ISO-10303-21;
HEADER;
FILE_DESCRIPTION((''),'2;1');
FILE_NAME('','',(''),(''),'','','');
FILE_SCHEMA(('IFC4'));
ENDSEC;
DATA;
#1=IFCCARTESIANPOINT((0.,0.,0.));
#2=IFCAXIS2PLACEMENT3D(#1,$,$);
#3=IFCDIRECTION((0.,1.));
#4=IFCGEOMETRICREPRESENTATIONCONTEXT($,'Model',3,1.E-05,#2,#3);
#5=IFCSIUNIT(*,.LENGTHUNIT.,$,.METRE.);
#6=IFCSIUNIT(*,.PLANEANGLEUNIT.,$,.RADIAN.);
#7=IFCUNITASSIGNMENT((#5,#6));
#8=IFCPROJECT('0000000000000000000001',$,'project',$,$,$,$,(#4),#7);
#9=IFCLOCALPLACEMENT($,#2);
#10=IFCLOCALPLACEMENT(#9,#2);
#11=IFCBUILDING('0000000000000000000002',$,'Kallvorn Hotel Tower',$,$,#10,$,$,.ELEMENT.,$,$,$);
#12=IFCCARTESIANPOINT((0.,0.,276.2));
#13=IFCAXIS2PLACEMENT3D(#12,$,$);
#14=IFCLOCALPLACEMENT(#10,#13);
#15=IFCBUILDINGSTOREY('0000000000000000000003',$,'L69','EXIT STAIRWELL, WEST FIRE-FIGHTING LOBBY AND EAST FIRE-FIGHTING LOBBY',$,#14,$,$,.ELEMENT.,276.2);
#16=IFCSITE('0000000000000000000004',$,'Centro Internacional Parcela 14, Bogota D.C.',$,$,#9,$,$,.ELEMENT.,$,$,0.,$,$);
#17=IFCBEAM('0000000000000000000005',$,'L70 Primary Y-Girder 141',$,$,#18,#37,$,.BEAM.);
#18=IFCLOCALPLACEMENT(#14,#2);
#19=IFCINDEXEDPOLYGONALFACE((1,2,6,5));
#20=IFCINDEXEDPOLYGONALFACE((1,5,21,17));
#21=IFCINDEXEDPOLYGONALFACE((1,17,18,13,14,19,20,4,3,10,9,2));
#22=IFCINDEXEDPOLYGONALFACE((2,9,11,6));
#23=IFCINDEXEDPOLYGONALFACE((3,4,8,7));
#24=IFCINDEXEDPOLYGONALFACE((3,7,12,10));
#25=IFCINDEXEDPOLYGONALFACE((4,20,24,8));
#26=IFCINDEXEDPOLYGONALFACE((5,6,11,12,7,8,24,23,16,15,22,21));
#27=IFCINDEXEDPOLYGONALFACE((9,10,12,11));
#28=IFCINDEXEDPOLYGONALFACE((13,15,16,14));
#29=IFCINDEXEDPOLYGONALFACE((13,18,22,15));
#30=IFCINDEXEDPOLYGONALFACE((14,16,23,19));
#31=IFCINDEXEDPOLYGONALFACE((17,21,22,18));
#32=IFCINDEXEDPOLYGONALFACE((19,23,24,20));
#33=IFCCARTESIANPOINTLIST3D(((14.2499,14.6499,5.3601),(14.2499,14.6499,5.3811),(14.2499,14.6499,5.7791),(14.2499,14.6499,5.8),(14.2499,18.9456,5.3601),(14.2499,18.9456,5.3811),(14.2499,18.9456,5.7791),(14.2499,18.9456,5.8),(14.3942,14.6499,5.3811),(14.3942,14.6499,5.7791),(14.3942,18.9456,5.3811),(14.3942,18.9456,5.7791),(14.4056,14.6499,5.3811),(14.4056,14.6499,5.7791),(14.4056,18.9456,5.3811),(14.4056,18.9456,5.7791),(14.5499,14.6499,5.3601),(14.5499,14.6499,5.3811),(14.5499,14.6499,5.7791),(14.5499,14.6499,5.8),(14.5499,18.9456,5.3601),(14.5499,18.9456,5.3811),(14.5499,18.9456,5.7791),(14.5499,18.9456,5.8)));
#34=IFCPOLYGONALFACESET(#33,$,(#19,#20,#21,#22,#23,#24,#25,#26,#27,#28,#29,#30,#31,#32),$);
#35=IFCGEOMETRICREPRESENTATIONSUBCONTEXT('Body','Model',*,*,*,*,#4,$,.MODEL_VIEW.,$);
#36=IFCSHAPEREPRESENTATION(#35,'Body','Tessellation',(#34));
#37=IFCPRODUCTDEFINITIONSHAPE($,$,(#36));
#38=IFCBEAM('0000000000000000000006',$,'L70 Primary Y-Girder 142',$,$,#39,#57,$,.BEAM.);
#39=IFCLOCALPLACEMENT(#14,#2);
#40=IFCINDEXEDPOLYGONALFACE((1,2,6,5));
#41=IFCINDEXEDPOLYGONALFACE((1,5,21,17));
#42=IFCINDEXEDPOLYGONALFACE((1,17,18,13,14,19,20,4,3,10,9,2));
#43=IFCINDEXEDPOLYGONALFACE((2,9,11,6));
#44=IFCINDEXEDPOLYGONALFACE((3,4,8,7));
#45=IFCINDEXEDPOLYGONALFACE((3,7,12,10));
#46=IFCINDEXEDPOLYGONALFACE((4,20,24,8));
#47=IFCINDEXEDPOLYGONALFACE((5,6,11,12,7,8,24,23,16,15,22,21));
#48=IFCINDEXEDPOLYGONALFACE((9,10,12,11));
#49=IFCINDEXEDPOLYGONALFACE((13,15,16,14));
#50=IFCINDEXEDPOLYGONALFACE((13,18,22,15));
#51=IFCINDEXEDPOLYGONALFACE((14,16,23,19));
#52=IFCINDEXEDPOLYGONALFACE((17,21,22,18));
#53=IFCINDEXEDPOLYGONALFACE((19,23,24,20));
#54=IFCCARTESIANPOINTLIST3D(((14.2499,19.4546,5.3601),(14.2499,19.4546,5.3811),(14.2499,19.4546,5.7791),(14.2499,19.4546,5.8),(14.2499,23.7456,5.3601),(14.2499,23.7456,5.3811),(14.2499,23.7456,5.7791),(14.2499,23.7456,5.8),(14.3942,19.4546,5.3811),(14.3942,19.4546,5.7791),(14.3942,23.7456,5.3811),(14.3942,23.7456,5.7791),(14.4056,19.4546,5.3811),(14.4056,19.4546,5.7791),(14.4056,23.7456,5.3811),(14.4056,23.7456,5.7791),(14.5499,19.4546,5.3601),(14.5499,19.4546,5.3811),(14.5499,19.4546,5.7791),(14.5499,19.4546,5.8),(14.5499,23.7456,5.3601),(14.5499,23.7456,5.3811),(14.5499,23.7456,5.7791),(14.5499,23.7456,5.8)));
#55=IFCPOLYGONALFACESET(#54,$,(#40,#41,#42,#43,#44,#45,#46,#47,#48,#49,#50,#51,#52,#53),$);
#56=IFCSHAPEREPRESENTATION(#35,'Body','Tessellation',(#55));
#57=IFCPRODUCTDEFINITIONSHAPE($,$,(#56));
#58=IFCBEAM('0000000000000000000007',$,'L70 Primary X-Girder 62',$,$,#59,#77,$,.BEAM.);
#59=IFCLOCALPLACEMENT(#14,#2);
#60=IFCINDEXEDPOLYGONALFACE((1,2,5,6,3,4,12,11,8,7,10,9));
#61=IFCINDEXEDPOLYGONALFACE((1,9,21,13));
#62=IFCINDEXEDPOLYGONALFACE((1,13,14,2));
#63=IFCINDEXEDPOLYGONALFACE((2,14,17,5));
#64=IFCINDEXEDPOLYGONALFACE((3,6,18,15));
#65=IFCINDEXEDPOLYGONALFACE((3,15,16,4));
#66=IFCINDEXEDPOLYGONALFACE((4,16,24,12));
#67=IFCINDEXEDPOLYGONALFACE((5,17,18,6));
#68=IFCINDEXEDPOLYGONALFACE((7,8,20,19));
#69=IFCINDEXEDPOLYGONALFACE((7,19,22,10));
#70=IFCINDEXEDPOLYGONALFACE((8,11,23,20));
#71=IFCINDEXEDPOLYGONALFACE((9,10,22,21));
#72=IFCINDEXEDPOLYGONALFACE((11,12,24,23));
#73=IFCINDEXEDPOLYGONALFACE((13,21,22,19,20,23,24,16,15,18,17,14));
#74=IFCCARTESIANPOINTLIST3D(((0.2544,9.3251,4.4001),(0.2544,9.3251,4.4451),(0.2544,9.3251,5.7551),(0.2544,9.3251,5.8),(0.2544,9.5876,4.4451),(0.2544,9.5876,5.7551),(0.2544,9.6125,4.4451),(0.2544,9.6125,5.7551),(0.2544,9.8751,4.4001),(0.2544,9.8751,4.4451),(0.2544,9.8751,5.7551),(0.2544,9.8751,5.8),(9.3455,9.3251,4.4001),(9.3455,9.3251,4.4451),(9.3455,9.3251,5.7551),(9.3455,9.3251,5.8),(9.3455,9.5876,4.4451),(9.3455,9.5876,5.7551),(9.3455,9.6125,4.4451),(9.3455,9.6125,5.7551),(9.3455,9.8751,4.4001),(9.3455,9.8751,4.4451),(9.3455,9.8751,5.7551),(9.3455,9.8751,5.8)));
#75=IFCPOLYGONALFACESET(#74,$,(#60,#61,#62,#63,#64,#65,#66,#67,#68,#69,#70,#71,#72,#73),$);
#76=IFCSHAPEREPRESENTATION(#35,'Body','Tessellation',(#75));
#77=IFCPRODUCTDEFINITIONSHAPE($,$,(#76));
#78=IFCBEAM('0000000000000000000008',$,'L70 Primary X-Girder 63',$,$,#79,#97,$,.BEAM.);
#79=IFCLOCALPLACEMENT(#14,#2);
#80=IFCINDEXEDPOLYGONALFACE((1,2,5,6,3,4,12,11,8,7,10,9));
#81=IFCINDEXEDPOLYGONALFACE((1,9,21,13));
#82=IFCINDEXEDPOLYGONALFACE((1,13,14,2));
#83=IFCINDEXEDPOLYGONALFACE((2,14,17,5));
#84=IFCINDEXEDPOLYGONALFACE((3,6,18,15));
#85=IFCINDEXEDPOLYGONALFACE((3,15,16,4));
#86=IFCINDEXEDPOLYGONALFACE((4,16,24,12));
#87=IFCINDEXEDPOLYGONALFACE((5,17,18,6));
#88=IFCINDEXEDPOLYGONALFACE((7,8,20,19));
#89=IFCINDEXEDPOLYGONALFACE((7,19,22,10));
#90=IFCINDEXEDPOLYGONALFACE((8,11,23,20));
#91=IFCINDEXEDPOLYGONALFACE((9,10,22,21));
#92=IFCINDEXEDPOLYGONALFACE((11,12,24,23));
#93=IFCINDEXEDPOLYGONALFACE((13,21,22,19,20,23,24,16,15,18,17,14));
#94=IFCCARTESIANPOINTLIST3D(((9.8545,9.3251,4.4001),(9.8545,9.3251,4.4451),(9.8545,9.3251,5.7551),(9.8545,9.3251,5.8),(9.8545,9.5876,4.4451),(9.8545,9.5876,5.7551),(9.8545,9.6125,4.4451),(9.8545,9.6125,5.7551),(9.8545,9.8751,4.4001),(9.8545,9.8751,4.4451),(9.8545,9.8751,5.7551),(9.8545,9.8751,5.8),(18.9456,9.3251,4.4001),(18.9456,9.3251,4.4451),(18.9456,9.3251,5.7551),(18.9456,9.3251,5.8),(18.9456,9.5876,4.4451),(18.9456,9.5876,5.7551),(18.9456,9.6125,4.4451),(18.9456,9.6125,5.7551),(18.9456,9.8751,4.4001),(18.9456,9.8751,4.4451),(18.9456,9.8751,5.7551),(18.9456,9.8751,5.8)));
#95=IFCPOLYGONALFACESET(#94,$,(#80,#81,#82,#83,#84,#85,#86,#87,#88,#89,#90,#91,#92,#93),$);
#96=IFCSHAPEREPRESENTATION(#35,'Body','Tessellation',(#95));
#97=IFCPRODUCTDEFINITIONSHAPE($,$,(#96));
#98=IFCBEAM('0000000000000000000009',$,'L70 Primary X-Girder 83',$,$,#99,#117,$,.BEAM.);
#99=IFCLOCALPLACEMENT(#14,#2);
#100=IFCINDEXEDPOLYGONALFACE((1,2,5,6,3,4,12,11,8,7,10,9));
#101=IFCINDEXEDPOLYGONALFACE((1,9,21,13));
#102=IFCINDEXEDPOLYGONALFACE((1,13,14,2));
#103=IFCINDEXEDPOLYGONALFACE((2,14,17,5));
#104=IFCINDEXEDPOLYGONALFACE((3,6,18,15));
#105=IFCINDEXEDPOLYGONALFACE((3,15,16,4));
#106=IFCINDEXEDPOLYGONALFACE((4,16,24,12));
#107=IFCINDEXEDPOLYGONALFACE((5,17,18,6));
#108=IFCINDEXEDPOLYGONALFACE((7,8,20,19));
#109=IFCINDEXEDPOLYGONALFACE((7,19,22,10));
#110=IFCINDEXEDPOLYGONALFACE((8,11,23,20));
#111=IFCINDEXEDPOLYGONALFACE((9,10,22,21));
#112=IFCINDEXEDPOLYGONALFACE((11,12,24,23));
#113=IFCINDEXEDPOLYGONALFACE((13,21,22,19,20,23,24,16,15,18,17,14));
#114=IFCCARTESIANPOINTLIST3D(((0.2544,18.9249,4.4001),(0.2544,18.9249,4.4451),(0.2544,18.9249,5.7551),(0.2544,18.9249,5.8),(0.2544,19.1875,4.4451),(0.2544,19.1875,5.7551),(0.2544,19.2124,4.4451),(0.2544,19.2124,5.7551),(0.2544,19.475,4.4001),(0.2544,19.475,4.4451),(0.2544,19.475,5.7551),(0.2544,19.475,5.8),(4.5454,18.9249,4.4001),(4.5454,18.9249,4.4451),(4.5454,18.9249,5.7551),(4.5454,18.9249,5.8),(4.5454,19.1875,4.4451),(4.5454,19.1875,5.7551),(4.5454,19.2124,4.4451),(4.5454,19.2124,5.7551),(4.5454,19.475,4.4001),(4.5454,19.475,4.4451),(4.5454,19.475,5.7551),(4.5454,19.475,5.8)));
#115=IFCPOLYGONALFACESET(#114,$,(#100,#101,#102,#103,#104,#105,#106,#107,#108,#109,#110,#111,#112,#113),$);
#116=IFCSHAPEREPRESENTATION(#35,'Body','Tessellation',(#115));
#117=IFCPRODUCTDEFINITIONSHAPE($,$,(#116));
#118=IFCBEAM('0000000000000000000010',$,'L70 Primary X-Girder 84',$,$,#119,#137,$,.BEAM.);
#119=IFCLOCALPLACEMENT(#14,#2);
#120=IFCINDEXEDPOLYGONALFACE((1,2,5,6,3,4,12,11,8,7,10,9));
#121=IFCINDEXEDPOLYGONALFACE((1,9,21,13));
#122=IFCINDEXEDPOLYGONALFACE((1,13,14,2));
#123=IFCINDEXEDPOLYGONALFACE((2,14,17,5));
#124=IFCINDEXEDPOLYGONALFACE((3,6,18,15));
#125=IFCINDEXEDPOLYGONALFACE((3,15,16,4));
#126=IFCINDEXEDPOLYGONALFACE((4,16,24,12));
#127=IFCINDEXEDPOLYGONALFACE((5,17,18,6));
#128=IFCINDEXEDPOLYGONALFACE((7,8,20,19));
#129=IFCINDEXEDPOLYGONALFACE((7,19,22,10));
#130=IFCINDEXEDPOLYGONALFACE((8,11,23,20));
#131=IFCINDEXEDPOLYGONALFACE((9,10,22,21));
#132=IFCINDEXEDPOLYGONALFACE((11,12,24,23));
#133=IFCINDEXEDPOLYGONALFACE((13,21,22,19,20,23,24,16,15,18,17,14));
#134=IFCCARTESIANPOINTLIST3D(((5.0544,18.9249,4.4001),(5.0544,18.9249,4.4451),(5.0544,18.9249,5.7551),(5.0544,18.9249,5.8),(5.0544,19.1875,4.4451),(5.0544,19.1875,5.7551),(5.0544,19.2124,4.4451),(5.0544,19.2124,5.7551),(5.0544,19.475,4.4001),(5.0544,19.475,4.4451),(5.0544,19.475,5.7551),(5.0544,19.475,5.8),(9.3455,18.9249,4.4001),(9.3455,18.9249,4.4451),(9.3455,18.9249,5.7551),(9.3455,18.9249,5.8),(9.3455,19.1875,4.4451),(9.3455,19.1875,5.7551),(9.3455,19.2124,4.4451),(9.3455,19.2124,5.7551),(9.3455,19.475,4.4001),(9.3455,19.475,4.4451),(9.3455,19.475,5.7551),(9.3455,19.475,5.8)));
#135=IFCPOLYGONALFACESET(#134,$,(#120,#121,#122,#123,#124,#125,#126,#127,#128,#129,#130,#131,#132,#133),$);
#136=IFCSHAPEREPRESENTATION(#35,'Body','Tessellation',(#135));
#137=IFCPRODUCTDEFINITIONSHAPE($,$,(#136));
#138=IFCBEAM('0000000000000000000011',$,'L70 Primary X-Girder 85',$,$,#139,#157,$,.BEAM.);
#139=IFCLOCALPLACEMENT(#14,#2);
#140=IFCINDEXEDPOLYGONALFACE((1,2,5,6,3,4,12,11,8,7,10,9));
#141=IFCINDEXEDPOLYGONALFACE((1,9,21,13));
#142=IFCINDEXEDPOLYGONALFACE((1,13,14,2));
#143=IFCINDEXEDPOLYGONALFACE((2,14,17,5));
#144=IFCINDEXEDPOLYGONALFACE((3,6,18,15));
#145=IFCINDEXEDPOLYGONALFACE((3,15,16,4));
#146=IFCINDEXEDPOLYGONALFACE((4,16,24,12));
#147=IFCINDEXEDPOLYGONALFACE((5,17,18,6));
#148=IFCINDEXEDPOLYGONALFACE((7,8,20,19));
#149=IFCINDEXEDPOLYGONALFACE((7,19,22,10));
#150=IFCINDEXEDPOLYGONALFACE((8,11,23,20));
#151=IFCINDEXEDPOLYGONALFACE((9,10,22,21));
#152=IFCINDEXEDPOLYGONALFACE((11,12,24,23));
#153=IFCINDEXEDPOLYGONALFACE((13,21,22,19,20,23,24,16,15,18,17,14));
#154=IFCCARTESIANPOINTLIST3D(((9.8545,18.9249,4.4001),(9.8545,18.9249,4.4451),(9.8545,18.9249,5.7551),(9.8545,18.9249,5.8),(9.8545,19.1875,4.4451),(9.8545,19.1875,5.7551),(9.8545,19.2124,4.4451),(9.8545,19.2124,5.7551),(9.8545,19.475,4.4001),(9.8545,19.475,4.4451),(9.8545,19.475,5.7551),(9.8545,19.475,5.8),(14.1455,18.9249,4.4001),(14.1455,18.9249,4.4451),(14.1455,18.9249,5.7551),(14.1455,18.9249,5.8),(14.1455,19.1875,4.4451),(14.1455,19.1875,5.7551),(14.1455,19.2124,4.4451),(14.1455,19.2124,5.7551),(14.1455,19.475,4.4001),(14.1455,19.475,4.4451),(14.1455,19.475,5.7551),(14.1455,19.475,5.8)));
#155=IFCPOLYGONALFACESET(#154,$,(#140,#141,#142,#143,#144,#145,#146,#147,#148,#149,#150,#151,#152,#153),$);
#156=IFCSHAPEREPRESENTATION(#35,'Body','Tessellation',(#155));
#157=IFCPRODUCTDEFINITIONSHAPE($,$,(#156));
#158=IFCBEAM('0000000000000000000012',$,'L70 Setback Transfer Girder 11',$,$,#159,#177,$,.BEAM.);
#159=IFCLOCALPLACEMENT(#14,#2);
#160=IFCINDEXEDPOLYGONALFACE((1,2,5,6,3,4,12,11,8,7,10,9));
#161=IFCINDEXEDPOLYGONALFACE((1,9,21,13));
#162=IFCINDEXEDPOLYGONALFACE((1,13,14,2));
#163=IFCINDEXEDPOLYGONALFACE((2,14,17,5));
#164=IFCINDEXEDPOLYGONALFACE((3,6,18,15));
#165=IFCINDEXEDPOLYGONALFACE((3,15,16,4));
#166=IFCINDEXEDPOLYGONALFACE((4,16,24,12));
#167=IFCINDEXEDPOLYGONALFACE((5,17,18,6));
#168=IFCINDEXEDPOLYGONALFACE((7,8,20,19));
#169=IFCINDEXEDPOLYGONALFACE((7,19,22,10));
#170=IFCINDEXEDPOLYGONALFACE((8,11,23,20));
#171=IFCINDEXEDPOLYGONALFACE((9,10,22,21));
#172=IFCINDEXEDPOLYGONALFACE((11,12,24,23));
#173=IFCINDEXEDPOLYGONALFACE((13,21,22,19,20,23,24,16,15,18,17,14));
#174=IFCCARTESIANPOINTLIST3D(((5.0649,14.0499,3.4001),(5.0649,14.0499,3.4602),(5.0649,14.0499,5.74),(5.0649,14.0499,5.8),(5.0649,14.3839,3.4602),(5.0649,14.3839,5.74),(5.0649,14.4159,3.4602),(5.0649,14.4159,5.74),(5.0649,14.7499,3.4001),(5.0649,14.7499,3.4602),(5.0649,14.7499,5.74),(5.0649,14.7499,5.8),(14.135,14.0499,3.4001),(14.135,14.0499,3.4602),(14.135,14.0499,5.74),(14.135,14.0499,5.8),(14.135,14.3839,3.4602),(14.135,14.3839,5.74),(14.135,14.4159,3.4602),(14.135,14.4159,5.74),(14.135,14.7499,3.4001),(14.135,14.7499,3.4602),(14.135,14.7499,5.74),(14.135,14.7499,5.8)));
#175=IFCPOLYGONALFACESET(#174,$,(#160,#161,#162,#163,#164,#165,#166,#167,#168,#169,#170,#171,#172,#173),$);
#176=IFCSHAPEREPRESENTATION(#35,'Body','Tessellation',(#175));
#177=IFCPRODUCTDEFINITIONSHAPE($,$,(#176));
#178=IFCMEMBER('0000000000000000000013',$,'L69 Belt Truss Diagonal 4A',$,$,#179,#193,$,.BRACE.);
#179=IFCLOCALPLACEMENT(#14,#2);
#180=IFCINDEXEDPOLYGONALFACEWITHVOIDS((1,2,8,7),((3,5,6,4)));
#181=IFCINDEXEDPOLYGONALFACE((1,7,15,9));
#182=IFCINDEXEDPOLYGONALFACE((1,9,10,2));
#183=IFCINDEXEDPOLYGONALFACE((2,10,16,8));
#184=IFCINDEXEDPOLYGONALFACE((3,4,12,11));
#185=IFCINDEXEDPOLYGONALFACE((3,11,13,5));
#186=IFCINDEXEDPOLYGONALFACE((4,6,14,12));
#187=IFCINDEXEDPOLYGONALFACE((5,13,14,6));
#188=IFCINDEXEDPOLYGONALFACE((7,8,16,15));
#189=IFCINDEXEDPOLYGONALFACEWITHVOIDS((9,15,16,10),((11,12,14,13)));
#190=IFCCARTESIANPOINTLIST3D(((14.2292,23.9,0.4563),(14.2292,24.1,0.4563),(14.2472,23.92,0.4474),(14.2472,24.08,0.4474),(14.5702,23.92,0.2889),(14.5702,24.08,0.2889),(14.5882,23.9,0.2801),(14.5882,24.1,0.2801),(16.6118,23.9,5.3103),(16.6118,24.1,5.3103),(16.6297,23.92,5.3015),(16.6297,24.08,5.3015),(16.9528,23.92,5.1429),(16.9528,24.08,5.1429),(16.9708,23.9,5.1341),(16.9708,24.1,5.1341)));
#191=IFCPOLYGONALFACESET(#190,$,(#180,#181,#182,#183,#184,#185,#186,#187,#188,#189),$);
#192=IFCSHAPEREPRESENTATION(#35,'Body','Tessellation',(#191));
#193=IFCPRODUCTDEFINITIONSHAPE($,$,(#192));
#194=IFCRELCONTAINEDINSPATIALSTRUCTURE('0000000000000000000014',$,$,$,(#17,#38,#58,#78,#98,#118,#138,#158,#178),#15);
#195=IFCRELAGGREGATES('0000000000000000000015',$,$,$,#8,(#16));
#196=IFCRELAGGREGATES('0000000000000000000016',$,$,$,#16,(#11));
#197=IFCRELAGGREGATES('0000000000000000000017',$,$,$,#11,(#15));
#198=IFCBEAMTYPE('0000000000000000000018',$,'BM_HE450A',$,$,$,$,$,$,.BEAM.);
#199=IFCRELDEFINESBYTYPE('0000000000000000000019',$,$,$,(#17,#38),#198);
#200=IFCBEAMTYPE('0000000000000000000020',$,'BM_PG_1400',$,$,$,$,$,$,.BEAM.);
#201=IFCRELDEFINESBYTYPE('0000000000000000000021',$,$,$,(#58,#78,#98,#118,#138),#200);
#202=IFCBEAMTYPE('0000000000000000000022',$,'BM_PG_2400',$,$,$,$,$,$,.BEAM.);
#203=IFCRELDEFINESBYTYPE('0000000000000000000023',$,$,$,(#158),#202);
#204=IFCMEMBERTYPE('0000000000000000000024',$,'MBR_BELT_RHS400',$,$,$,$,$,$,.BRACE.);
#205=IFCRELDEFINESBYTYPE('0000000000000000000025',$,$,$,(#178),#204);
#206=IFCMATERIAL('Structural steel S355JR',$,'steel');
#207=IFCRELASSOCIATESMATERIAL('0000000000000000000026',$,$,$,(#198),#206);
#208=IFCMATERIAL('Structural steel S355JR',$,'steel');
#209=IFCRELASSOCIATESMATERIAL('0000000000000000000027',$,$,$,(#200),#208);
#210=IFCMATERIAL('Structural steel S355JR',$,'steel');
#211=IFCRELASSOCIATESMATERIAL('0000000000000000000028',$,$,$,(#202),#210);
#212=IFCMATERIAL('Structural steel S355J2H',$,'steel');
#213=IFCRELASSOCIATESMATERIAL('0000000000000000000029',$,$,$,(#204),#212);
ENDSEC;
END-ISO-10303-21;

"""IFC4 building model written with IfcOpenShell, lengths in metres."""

from ifc_helpers import new_model, si_unit, direction, frame, origin, origin_2d, place, context, subcontext, project, spatial, hollow_rectangle, i_section, extrude, material, material_profile, profile_set, type_object, element, save


model = new_model("IFC4")

# Units and contexts
model_context = context("Model", 3, precision=1e-05, world=origin(), true_north=direction((0.0, 1.0)))
body_context = subcontext(model_context, "Body", "Model", "MODEL_VIEW")
ifc_project = project(units=[si_unit("LENGTHUNIT", "METRE"), si_unit("PLANEANGLEUNIT", "RADIAN")], contexts=[model_context])

# Site, building, storey
site_placement = place(None, origin())
site = spatial("IfcSite", under=ifc_project, at=site_placement, Name="Centro Internacional Parcela 14, Bogota D.C.", CompositionType="ELEMENT", RefElevation=0.0)
building_placement = place(site_placement, origin())
building = spatial("IfcBuilding", under=site, at=building_placement, Name="Kallvorn Hotel Tower", CompositionType="ELEMENT")
storey_placement = place(building_placement, frame((0.0, 0.0, 276.2)))
storey = spatial("IfcBuildingStorey", under=building, at=storey_placement, Name="L69", Description="EXIT STAIRWELL, WEST FIRE-FIGHTING LOBBY AND EAST FIRE-FIGHTING LOBBY", CompositionType="ELEMENT", Elevation=276.2)

# Beams
ifc_material_1 = material(Name="Structural steel S355JR", Category="steel")
ifc_material_profile_1 = material_profile(ifc_material_1, i_section(OverallWidth=0.3, OverallDepth=0.4399, WebThickness=0.0115, FlangeThickness=0.021, at=origin_2d()), Name="HE 450 A")
ifc_profile_set_1 = profile_set([ifc_material_profile_1], Name="Structural steel S355JR")
beam_type_1 = type_object("IfcBeamType", Name="BM_HE450A", PredefinedType="BEAM", material=ifc_profile_set_1)
beam_1_placement = place(storey_placement, frame((14.3999, 14.6499, 5.5801), z_axis=(0.0, 1.0, 0.0), x_axis=(-1.0, 0.0, 0.0)))
element("IfcBeam", 1, at=beam_1_placement, inside=storey, type_object=beam_type_1, Name="L70 Primary Y-Girder 141", PredefinedType="BEAM", context=body_context, shape_type="SweptSolid", body=[
    extrude(i_section(OverallWidth=0.3, OverallDepth=0.4399, WebThickness=0.0115, FlangeThickness=0.021, at=origin_2d()), origin(), (0.0, 0.0, 1.0), 4.2957),
])
beam_2_placement = place(storey_placement, frame((14.3999, 19.4546, 5.5801), z_axis=(0.0, 1.0, 0.0), x_axis=(-1.0, 0.0, 0.0)))
element("IfcBeam", 2, at=beam_2_placement, inside=storey, type_object=beam_type_1, Name="L70 Primary Y-Girder 142", PredefinedType="BEAM", context=body_context, shape_type="SweptSolid", body=[
    extrude(i_section(OverallWidth=0.3, OverallDepth=0.4399, WebThickness=0.0115, FlangeThickness=0.021, at=origin_2d()), origin(), (0.0, 0.0, 1.0), 4.291),
])
ifc_material_2 = material(Name="Structural steel S355JR", Category="steel")
ifc_material_profile_2 = material_profile(ifc_material_2, i_section(OverallWidth=0.55, OverallDepth=1.3999, WebThickness=0.0249, FlangeThickness=0.0449, at=origin_2d()), Name="PG 1400x550x25x45")
ifc_profile_set_2 = profile_set([ifc_material_profile_2], Name="Structural steel S355JR")
beam_type_2 = type_object("IfcBeamType", Name="BM_PG_1400", PredefinedType="BEAM", material=ifc_profile_set_2)
for number, where, z_axis, x_axis, name in (
    (3, (0.2544, 9.6001, 5.1001), (1.0, 0.0, 0.0), (0.0, 1.0, 0.0), "L70 Primary X-Girder 62"),
    (4, (9.8545, 9.6001, 5.1001), (1.0, 0.0, 0.0), (0.0, 1.0, 0.0), "L70 Primary X-Girder 63"),
):
    element("IfcBeam", number, at=place(storey_placement, frame(where, z_axis=z_axis, x_axis=x_axis)), inside=storey, type_object=beam_type_2, Name=name, PredefinedType="BEAM", context=body_context, shape_type="SweptSolid", body=[
        extrude(i_section(OverallWidth=0.55, OverallDepth=1.3999, WebThickness=0.0249, FlangeThickness=0.0449, at=origin_2d()), origin(), (0.0, 0.0, 1.0), 9.0911),
    ])
for number, where, z_axis, x_axis, name in (
    (5, (0.2544, 19.2, 5.1001), (1.0, 0.0, 0.0), (0.0, 1.0, 0.0), "L70 Primary X-Girder 83"),
    (6, (5.0544, 19.2, 5.1001), (1.0, 0.0, 0.0), (0.0, 1.0, 0.0), "L70 Primary X-Girder 84"),
    (7, (9.8545, 19.2, 5.1001), (1.0, 0.0, 0.0), (0.0, 1.0, 0.0), "L70 Primary X-Girder 85"),
):
    element("IfcBeam", number, at=place(storey_placement, frame(where, z_axis=z_axis, x_axis=x_axis)), inside=storey, type_object=beam_type_2, Name=name, PredefinedType="BEAM", context=body_context, shape_type="SweptSolid", body=[
        extrude(i_section(OverallWidth=0.55, OverallDepth=1.3999, WebThickness=0.0249, FlangeThickness=0.0449, at=origin_2d()), origin(), (0.0, 0.0, 1.0), 4.291),
    ])
ifc_material_3 = material(Name="Structural steel S355JR", Category="steel")
ifc_material_profile_3 = material_profile(ifc_material_3, i_section(OverallWidth=0.7, OverallDepth=2.3999, WebThickness=0.032, FlangeThickness=0.0601, at=origin_2d()), Name="PG 2400x700x32x60")
ifc_profile_set_3 = profile_set([ifc_material_profile_3], Name="Structural steel S355JR")
beam_type_3 = type_object("IfcBeamType", Name="BM_PG_2400", PredefinedType="BEAM", material=ifc_profile_set_3)
beam_3_placement = place(storey_placement, frame((5.0649, 14.3999, 4.6001), z_axis=(1.0, 0.0, 0.0), x_axis=(0.0, 1.0, 0.0)))
element("IfcBeam", 8, at=beam_3_placement, inside=storey, type_object=beam_type_3, Name="L70 Setback Transfer Girder 11", PredefinedType="BEAM", context=body_context, shape_type="SweptSolid", body=[
    extrude(i_section(OverallWidth=0.7, OverallDepth=2.3999, WebThickness=0.032, FlangeThickness=0.0601, at=origin_2d()), origin(), (0.0, 0.0, 1.0), 9.0701),
])

# Member
ifc_material_4 = material(Name="Structural steel S355J2H", Category="steel")
ifc_material_profile_4 = material_profile(ifc_material_4, hollow_rectangle(XDim=0.2, YDim=0.3999, WallThickness=0.02, at=origin_2d()), Name="RHS 400x200x20")
ifc_profile_set_4 = profile_set([ifc_material_profile_4], Name="Structural steel S355J2H")
member_type_1 = type_object("IfcMemberType", Name="MBR_BELT_RHS400", PredefinedType="BRACE", material=ifc_profile_set_4)
member_1_placement = place(storey_placement, frame((14.4087, 24.0, 0.3682), z_axis=(0.440628, 0.0, 0.89769), x_axis=(0.0, 1.0, 0.0)))
element("IfcMember", 9, at=member_1_placement, inside=storey, type_object=member_type_1, Name="L69 Belt Truss Diagonal 4A", PredefinedType="BRACE", context=body_context, shape_type="SweptSolid", body=[
    extrude(hollow_rectangle(XDim=0.2, YDim=0.3999, WallThickness=0.02, at=origin_2d()), origin(), (0.0, 0.0, 1.0), 5.4072),
])

save(model, "model.ifc")
